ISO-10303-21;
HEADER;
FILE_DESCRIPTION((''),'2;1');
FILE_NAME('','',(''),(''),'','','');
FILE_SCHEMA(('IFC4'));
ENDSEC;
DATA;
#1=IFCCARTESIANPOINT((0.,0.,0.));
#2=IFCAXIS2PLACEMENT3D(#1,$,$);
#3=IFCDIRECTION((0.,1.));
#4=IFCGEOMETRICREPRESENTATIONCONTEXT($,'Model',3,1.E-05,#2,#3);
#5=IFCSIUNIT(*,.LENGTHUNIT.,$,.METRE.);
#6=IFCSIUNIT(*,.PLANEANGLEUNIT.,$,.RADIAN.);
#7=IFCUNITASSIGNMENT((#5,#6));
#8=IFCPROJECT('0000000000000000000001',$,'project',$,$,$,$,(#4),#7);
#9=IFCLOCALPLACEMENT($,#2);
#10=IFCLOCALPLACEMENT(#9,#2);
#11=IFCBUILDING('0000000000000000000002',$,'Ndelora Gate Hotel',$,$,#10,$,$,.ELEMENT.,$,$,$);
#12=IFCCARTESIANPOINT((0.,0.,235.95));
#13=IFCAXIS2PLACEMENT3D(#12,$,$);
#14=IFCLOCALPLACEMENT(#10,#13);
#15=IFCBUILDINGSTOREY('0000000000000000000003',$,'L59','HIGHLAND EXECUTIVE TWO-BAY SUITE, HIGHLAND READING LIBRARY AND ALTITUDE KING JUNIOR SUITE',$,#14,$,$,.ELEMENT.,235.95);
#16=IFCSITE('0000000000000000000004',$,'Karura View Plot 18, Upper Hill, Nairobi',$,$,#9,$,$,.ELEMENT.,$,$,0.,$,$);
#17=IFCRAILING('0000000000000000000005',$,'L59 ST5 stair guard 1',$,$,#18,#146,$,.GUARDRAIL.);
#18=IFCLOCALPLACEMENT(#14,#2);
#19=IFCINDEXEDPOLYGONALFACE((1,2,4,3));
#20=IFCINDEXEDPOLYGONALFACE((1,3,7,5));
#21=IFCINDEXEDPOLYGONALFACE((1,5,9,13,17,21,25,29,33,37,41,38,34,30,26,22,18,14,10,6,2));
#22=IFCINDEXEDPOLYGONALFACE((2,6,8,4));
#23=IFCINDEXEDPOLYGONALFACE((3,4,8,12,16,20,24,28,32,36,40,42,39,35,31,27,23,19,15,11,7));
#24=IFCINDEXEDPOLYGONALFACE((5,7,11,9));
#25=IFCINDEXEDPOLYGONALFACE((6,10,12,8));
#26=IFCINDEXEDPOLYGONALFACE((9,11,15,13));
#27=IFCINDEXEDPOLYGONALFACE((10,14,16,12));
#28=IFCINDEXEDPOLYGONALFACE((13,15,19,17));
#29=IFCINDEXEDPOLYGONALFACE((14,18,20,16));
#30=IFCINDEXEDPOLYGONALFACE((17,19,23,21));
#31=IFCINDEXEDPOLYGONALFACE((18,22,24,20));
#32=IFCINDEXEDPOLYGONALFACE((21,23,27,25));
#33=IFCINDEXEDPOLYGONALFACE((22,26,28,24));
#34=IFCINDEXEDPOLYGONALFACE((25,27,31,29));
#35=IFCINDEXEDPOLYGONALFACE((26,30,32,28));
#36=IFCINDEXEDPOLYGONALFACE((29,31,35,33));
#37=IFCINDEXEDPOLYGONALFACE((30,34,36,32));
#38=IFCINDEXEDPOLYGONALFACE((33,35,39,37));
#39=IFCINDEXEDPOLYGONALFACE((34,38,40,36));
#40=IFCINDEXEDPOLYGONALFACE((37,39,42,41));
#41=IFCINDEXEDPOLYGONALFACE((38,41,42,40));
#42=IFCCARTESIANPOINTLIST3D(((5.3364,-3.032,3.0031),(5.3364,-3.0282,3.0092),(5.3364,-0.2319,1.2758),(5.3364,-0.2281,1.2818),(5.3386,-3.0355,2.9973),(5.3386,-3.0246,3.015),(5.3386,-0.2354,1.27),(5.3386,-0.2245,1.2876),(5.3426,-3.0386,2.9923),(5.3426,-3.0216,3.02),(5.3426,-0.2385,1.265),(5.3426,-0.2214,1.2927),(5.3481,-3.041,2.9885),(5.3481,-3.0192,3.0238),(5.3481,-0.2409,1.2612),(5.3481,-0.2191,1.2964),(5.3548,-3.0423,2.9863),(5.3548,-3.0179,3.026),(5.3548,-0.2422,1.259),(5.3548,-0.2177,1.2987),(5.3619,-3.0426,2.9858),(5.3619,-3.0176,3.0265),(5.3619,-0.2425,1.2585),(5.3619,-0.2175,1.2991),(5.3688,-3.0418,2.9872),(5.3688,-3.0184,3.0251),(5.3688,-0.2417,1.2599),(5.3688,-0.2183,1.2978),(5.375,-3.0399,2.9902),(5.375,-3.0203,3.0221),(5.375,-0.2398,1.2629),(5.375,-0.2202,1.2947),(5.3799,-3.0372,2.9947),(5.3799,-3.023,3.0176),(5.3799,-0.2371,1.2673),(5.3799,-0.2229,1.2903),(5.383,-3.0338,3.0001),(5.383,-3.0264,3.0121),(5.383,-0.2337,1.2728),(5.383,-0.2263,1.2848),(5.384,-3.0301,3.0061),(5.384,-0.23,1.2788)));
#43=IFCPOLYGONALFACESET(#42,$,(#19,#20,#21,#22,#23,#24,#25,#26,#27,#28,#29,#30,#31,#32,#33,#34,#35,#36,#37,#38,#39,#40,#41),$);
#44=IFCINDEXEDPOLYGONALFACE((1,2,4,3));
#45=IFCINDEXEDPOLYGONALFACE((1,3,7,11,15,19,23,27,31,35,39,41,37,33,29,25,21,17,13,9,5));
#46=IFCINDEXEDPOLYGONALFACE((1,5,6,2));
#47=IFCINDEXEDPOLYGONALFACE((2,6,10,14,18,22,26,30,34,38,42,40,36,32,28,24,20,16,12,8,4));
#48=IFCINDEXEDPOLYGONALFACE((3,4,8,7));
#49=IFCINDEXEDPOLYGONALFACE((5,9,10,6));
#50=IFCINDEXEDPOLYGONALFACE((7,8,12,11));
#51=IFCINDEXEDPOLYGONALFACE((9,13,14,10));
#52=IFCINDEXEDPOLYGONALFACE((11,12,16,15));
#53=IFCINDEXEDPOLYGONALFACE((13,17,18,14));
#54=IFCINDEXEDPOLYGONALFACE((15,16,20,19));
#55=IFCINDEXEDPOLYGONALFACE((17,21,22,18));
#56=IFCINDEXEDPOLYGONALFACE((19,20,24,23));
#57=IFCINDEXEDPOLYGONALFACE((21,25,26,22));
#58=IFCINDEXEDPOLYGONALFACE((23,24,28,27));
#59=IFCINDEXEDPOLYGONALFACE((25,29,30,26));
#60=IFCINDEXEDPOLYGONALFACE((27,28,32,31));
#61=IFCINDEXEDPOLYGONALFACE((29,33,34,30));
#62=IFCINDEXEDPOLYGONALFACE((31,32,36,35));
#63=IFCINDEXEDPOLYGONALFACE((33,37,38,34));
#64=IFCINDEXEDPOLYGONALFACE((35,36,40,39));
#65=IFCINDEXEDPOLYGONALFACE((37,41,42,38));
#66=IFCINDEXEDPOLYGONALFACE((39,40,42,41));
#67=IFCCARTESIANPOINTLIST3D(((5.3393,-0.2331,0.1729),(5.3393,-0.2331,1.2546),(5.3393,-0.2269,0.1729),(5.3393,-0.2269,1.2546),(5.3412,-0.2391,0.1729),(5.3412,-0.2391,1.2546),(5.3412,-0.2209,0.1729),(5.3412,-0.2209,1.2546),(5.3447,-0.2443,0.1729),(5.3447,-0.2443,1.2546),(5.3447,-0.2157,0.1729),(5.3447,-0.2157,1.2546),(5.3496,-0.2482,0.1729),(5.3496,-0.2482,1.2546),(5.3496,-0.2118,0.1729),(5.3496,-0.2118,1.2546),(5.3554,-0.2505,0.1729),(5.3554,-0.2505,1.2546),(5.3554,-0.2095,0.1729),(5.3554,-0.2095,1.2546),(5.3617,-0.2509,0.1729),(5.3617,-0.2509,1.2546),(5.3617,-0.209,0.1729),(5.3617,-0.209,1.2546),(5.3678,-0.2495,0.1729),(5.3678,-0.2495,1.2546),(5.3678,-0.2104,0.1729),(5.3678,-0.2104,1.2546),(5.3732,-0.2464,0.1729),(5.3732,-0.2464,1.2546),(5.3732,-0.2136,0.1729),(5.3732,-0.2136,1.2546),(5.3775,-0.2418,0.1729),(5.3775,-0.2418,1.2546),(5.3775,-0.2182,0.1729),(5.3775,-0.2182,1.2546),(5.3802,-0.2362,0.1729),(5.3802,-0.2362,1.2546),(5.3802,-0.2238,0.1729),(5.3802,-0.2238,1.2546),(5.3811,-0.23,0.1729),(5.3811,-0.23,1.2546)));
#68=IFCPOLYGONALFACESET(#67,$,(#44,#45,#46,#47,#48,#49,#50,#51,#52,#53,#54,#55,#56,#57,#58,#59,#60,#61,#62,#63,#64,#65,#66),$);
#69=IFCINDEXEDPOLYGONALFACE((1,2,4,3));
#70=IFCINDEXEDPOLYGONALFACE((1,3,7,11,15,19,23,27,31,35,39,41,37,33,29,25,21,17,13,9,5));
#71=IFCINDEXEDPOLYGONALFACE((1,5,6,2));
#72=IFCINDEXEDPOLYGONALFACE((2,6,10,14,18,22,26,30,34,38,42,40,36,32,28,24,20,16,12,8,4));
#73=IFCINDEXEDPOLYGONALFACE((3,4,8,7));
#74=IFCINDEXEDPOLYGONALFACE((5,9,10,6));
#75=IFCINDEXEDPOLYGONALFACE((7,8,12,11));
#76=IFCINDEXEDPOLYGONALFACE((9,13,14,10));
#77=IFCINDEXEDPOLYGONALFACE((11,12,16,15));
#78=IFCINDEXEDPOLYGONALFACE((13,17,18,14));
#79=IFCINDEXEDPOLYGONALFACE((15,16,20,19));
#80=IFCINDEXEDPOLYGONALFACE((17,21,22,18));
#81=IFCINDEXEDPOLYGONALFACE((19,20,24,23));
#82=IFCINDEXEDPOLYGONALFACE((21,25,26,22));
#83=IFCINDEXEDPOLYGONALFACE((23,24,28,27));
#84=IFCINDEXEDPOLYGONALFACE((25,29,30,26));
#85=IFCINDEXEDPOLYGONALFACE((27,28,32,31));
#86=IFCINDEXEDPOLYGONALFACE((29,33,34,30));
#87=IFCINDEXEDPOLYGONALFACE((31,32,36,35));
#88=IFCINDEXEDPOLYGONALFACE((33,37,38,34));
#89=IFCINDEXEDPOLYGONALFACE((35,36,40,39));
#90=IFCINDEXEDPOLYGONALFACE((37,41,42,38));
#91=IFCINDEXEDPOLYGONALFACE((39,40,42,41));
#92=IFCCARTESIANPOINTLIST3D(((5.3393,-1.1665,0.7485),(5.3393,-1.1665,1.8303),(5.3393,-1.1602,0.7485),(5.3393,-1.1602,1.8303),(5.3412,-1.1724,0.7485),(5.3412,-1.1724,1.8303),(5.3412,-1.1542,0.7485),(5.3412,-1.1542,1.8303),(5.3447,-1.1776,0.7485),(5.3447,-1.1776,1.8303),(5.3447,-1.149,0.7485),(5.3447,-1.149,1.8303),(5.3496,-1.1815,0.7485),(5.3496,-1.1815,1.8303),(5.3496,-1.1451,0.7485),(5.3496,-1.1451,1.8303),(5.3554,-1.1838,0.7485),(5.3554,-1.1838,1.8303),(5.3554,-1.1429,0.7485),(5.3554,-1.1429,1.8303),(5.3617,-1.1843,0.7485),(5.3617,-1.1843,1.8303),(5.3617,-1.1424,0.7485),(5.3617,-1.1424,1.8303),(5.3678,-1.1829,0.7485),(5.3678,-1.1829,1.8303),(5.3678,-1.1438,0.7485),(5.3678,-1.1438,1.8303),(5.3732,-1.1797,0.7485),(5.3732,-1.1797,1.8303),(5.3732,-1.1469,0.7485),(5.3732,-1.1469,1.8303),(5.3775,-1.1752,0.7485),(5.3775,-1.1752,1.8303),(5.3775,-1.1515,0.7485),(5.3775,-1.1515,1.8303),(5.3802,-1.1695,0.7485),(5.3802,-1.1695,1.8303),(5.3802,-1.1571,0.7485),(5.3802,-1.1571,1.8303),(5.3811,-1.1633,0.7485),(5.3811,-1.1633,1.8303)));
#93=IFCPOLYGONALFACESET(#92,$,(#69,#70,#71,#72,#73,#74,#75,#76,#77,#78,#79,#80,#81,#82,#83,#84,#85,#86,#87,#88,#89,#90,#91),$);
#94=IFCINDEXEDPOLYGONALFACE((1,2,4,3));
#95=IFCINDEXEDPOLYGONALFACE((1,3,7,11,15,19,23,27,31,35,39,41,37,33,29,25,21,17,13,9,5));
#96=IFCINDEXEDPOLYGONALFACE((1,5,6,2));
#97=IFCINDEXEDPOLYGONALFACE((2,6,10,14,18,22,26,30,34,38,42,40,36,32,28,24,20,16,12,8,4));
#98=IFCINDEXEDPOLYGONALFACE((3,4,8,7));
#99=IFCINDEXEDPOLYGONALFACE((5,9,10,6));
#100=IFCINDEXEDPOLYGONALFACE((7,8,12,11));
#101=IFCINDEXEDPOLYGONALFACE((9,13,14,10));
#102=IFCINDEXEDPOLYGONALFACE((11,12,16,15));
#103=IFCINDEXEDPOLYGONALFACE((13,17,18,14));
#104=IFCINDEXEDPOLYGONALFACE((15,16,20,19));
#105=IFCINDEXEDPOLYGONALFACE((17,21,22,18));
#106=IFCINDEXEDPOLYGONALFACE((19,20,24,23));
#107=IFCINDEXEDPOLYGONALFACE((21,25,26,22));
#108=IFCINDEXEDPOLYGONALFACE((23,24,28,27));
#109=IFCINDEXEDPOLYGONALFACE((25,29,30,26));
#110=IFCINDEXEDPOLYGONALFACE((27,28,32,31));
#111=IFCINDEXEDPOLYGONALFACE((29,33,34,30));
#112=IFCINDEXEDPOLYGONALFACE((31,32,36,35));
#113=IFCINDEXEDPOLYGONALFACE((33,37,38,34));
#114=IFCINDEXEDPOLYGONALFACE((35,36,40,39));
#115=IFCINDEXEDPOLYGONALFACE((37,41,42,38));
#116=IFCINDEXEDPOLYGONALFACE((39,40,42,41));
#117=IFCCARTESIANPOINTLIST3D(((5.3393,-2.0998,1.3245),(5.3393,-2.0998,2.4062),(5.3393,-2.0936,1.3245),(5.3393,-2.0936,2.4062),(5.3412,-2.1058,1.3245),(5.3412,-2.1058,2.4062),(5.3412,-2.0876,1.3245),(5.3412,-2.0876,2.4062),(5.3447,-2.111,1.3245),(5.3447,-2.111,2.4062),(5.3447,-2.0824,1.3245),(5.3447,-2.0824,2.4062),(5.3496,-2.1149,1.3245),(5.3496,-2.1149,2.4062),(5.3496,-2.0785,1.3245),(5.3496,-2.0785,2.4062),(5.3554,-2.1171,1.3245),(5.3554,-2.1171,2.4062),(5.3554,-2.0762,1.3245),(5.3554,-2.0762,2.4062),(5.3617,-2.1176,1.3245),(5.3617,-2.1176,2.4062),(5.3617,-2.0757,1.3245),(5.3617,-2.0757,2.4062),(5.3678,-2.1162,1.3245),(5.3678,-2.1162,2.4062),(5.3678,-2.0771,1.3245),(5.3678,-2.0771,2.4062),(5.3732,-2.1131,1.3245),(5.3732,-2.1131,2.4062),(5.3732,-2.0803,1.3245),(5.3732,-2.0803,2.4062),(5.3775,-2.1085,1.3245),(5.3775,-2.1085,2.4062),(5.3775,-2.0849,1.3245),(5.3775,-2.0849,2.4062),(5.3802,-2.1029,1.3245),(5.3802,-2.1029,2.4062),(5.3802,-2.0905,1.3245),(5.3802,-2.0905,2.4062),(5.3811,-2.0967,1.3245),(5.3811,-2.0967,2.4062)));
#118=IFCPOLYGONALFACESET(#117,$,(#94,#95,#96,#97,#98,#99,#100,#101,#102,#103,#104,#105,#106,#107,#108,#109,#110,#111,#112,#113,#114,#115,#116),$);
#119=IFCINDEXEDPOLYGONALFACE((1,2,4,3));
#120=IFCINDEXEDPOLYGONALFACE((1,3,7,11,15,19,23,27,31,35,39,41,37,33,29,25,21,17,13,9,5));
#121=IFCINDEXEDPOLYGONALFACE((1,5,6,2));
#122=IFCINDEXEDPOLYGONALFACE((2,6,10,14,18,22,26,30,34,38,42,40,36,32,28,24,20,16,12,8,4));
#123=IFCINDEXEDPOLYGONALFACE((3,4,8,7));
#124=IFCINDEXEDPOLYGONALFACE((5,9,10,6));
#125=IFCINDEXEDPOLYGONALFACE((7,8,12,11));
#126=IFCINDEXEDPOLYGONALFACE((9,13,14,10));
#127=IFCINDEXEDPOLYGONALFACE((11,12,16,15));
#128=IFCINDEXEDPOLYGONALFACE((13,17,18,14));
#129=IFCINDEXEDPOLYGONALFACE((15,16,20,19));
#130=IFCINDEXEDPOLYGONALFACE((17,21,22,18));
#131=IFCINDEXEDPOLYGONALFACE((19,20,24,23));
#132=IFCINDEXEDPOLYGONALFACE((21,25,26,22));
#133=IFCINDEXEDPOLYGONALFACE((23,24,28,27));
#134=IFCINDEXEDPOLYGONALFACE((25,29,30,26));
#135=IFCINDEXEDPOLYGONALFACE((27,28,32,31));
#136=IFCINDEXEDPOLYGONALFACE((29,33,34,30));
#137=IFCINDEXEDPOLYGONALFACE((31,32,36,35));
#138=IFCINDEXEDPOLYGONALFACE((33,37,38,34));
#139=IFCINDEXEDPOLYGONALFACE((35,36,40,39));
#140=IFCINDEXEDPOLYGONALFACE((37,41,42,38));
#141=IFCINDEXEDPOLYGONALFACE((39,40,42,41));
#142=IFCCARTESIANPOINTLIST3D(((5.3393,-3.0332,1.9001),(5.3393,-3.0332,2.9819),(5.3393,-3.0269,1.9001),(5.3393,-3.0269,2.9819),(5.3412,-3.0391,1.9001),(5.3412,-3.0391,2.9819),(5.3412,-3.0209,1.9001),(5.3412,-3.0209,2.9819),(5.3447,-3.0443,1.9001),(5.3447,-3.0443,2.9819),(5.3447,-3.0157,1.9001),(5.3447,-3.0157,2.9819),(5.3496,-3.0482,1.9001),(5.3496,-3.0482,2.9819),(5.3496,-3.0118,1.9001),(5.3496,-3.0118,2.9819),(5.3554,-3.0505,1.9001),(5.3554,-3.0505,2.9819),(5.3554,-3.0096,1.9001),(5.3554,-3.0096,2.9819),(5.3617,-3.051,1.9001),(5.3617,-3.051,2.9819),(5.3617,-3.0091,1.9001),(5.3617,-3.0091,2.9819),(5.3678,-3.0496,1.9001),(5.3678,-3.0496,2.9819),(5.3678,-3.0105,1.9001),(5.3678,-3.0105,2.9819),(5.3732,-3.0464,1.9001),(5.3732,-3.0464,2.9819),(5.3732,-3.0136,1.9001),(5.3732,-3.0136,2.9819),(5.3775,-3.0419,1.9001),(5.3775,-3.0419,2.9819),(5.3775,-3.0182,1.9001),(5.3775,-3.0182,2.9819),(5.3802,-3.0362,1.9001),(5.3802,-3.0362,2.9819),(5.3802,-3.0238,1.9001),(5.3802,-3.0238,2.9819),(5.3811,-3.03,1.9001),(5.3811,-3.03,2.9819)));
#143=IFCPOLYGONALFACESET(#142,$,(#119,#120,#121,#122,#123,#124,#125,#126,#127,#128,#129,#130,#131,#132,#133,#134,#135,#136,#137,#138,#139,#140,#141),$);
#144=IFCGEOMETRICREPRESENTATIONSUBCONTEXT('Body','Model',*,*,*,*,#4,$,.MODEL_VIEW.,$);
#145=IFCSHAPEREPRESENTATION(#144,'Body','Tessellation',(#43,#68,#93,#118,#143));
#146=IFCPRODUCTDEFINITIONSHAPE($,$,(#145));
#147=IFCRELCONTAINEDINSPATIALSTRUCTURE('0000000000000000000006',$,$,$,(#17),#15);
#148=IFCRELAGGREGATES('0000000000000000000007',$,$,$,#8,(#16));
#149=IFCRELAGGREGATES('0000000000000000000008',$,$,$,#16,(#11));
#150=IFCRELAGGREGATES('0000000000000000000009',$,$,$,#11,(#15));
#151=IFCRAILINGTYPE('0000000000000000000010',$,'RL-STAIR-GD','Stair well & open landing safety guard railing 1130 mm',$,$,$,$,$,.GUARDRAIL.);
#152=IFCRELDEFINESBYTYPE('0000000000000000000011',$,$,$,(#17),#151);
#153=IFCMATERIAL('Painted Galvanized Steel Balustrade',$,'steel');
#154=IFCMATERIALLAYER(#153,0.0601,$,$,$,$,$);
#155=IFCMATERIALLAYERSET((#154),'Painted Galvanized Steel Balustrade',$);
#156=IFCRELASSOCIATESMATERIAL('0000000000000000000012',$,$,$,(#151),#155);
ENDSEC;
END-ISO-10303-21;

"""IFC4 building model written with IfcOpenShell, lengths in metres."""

from ifc_helpers import new_model, si_unit, direction, frame, origin, origin_2d, place, context, subcontext, project, spatial, circle, extrude, material, layer, layer_set, type_object, element, save


model = new_model("IFC4")

# Units and contexts
model_context = context("Model", 3, precision=1e-05, world=origin(), true_north=direction((0.0, 1.0)))
body_context = subcontext(model_context, "Body", "Model", "MODEL_VIEW")
ifc_project = project(units=[si_unit("LENGTHUNIT", "METRE"), si_unit("PLANEANGLEUNIT", "RADIAN")], contexts=[model_context])

# Site, building, storey
site_placement = place(None, origin())
site = spatial("IfcSite", under=ifc_project, at=site_placement, Name="Karura View Plot 18, Upper Hill, Nairobi", CompositionType="ELEMENT", RefElevation=0.0)
building_placement = place(site_placement, origin())
building = spatial("IfcBuilding", under=site, at=building_placement, Name="Ndelora Gate Hotel", CompositionType="ELEMENT")
storey_placement = place(building_placement, frame((0.0, 0.0, 235.95)))
storey = spatial("IfcBuildingStorey", under=building, at=storey_placement, Name="L59", Description="HIGHLAND EXECUTIVE TWO-BAY SUITE, HIGHLAND READING LIBRARY AND ALTITUDE KING JUNIOR SUITE", CompositionType="ELEMENT", Elevation=235.95)

# Railing
ifc_material_1 = material(Name="Painted Galvanized Steel Balustrade", Category="steel")
ifc_layer_1 = layer(ifc_material_1, 0.0601)
ifc_layer_set_1 = layer_set([ifc_layer_1], Name="Painted Galvanized Steel Balustrade")
railing_type_1 = type_object("IfcRailingType", Name="RL-STAIR-GD", Description="Stair well & open landing safety guard railing 1130 mm", PredefinedType="GUARDRAIL", material=ifc_layer_set_1)
railing_1_placement = place(storey_placement, frame((5.3601, -0.23, 0.1729)))
element("IfcRailing", 1, at=railing_1_placement, inside=storey, type_object=railing_type_1, Name="L59 ST5 stair guard 1", PredefinedType="GUARDRAIL", context=body_context, shape_type="SweptSolid", body=[
    extrude(circle(Radius=0.0239, at=origin_2d()), frame((0.0, 0.0, 1.106), z_axis=(0.0, -0.85109, 0.52502), x_axis=(1.0, 0.0, 0.0)), (0.0, 0.0, 1.0), 3.29),
    extrude(circle(Radius=0.021, at=origin_2d()), origin(), (0.0, 0.0, 1.0), 1.0818),
    extrude(circle(Radius=0.021, at=origin_2d()), frame((0.0, -0.9333, 0.5757)), (0.0, 0.0, 1.0), 1.0818),
    extrude(circle(Radius=0.021, at=origin_2d()), frame((0.0, -1.8667, 1.1516)), (0.0, 0.0, 1.0), 1.0818),
    extrude(circle(Radius=0.021, at=origin_2d()), frame((0.0, -2.8, 1.7273)), (0.0, 0.0, 1.0), 1.0818),
])

save(model, "model.ifc")
